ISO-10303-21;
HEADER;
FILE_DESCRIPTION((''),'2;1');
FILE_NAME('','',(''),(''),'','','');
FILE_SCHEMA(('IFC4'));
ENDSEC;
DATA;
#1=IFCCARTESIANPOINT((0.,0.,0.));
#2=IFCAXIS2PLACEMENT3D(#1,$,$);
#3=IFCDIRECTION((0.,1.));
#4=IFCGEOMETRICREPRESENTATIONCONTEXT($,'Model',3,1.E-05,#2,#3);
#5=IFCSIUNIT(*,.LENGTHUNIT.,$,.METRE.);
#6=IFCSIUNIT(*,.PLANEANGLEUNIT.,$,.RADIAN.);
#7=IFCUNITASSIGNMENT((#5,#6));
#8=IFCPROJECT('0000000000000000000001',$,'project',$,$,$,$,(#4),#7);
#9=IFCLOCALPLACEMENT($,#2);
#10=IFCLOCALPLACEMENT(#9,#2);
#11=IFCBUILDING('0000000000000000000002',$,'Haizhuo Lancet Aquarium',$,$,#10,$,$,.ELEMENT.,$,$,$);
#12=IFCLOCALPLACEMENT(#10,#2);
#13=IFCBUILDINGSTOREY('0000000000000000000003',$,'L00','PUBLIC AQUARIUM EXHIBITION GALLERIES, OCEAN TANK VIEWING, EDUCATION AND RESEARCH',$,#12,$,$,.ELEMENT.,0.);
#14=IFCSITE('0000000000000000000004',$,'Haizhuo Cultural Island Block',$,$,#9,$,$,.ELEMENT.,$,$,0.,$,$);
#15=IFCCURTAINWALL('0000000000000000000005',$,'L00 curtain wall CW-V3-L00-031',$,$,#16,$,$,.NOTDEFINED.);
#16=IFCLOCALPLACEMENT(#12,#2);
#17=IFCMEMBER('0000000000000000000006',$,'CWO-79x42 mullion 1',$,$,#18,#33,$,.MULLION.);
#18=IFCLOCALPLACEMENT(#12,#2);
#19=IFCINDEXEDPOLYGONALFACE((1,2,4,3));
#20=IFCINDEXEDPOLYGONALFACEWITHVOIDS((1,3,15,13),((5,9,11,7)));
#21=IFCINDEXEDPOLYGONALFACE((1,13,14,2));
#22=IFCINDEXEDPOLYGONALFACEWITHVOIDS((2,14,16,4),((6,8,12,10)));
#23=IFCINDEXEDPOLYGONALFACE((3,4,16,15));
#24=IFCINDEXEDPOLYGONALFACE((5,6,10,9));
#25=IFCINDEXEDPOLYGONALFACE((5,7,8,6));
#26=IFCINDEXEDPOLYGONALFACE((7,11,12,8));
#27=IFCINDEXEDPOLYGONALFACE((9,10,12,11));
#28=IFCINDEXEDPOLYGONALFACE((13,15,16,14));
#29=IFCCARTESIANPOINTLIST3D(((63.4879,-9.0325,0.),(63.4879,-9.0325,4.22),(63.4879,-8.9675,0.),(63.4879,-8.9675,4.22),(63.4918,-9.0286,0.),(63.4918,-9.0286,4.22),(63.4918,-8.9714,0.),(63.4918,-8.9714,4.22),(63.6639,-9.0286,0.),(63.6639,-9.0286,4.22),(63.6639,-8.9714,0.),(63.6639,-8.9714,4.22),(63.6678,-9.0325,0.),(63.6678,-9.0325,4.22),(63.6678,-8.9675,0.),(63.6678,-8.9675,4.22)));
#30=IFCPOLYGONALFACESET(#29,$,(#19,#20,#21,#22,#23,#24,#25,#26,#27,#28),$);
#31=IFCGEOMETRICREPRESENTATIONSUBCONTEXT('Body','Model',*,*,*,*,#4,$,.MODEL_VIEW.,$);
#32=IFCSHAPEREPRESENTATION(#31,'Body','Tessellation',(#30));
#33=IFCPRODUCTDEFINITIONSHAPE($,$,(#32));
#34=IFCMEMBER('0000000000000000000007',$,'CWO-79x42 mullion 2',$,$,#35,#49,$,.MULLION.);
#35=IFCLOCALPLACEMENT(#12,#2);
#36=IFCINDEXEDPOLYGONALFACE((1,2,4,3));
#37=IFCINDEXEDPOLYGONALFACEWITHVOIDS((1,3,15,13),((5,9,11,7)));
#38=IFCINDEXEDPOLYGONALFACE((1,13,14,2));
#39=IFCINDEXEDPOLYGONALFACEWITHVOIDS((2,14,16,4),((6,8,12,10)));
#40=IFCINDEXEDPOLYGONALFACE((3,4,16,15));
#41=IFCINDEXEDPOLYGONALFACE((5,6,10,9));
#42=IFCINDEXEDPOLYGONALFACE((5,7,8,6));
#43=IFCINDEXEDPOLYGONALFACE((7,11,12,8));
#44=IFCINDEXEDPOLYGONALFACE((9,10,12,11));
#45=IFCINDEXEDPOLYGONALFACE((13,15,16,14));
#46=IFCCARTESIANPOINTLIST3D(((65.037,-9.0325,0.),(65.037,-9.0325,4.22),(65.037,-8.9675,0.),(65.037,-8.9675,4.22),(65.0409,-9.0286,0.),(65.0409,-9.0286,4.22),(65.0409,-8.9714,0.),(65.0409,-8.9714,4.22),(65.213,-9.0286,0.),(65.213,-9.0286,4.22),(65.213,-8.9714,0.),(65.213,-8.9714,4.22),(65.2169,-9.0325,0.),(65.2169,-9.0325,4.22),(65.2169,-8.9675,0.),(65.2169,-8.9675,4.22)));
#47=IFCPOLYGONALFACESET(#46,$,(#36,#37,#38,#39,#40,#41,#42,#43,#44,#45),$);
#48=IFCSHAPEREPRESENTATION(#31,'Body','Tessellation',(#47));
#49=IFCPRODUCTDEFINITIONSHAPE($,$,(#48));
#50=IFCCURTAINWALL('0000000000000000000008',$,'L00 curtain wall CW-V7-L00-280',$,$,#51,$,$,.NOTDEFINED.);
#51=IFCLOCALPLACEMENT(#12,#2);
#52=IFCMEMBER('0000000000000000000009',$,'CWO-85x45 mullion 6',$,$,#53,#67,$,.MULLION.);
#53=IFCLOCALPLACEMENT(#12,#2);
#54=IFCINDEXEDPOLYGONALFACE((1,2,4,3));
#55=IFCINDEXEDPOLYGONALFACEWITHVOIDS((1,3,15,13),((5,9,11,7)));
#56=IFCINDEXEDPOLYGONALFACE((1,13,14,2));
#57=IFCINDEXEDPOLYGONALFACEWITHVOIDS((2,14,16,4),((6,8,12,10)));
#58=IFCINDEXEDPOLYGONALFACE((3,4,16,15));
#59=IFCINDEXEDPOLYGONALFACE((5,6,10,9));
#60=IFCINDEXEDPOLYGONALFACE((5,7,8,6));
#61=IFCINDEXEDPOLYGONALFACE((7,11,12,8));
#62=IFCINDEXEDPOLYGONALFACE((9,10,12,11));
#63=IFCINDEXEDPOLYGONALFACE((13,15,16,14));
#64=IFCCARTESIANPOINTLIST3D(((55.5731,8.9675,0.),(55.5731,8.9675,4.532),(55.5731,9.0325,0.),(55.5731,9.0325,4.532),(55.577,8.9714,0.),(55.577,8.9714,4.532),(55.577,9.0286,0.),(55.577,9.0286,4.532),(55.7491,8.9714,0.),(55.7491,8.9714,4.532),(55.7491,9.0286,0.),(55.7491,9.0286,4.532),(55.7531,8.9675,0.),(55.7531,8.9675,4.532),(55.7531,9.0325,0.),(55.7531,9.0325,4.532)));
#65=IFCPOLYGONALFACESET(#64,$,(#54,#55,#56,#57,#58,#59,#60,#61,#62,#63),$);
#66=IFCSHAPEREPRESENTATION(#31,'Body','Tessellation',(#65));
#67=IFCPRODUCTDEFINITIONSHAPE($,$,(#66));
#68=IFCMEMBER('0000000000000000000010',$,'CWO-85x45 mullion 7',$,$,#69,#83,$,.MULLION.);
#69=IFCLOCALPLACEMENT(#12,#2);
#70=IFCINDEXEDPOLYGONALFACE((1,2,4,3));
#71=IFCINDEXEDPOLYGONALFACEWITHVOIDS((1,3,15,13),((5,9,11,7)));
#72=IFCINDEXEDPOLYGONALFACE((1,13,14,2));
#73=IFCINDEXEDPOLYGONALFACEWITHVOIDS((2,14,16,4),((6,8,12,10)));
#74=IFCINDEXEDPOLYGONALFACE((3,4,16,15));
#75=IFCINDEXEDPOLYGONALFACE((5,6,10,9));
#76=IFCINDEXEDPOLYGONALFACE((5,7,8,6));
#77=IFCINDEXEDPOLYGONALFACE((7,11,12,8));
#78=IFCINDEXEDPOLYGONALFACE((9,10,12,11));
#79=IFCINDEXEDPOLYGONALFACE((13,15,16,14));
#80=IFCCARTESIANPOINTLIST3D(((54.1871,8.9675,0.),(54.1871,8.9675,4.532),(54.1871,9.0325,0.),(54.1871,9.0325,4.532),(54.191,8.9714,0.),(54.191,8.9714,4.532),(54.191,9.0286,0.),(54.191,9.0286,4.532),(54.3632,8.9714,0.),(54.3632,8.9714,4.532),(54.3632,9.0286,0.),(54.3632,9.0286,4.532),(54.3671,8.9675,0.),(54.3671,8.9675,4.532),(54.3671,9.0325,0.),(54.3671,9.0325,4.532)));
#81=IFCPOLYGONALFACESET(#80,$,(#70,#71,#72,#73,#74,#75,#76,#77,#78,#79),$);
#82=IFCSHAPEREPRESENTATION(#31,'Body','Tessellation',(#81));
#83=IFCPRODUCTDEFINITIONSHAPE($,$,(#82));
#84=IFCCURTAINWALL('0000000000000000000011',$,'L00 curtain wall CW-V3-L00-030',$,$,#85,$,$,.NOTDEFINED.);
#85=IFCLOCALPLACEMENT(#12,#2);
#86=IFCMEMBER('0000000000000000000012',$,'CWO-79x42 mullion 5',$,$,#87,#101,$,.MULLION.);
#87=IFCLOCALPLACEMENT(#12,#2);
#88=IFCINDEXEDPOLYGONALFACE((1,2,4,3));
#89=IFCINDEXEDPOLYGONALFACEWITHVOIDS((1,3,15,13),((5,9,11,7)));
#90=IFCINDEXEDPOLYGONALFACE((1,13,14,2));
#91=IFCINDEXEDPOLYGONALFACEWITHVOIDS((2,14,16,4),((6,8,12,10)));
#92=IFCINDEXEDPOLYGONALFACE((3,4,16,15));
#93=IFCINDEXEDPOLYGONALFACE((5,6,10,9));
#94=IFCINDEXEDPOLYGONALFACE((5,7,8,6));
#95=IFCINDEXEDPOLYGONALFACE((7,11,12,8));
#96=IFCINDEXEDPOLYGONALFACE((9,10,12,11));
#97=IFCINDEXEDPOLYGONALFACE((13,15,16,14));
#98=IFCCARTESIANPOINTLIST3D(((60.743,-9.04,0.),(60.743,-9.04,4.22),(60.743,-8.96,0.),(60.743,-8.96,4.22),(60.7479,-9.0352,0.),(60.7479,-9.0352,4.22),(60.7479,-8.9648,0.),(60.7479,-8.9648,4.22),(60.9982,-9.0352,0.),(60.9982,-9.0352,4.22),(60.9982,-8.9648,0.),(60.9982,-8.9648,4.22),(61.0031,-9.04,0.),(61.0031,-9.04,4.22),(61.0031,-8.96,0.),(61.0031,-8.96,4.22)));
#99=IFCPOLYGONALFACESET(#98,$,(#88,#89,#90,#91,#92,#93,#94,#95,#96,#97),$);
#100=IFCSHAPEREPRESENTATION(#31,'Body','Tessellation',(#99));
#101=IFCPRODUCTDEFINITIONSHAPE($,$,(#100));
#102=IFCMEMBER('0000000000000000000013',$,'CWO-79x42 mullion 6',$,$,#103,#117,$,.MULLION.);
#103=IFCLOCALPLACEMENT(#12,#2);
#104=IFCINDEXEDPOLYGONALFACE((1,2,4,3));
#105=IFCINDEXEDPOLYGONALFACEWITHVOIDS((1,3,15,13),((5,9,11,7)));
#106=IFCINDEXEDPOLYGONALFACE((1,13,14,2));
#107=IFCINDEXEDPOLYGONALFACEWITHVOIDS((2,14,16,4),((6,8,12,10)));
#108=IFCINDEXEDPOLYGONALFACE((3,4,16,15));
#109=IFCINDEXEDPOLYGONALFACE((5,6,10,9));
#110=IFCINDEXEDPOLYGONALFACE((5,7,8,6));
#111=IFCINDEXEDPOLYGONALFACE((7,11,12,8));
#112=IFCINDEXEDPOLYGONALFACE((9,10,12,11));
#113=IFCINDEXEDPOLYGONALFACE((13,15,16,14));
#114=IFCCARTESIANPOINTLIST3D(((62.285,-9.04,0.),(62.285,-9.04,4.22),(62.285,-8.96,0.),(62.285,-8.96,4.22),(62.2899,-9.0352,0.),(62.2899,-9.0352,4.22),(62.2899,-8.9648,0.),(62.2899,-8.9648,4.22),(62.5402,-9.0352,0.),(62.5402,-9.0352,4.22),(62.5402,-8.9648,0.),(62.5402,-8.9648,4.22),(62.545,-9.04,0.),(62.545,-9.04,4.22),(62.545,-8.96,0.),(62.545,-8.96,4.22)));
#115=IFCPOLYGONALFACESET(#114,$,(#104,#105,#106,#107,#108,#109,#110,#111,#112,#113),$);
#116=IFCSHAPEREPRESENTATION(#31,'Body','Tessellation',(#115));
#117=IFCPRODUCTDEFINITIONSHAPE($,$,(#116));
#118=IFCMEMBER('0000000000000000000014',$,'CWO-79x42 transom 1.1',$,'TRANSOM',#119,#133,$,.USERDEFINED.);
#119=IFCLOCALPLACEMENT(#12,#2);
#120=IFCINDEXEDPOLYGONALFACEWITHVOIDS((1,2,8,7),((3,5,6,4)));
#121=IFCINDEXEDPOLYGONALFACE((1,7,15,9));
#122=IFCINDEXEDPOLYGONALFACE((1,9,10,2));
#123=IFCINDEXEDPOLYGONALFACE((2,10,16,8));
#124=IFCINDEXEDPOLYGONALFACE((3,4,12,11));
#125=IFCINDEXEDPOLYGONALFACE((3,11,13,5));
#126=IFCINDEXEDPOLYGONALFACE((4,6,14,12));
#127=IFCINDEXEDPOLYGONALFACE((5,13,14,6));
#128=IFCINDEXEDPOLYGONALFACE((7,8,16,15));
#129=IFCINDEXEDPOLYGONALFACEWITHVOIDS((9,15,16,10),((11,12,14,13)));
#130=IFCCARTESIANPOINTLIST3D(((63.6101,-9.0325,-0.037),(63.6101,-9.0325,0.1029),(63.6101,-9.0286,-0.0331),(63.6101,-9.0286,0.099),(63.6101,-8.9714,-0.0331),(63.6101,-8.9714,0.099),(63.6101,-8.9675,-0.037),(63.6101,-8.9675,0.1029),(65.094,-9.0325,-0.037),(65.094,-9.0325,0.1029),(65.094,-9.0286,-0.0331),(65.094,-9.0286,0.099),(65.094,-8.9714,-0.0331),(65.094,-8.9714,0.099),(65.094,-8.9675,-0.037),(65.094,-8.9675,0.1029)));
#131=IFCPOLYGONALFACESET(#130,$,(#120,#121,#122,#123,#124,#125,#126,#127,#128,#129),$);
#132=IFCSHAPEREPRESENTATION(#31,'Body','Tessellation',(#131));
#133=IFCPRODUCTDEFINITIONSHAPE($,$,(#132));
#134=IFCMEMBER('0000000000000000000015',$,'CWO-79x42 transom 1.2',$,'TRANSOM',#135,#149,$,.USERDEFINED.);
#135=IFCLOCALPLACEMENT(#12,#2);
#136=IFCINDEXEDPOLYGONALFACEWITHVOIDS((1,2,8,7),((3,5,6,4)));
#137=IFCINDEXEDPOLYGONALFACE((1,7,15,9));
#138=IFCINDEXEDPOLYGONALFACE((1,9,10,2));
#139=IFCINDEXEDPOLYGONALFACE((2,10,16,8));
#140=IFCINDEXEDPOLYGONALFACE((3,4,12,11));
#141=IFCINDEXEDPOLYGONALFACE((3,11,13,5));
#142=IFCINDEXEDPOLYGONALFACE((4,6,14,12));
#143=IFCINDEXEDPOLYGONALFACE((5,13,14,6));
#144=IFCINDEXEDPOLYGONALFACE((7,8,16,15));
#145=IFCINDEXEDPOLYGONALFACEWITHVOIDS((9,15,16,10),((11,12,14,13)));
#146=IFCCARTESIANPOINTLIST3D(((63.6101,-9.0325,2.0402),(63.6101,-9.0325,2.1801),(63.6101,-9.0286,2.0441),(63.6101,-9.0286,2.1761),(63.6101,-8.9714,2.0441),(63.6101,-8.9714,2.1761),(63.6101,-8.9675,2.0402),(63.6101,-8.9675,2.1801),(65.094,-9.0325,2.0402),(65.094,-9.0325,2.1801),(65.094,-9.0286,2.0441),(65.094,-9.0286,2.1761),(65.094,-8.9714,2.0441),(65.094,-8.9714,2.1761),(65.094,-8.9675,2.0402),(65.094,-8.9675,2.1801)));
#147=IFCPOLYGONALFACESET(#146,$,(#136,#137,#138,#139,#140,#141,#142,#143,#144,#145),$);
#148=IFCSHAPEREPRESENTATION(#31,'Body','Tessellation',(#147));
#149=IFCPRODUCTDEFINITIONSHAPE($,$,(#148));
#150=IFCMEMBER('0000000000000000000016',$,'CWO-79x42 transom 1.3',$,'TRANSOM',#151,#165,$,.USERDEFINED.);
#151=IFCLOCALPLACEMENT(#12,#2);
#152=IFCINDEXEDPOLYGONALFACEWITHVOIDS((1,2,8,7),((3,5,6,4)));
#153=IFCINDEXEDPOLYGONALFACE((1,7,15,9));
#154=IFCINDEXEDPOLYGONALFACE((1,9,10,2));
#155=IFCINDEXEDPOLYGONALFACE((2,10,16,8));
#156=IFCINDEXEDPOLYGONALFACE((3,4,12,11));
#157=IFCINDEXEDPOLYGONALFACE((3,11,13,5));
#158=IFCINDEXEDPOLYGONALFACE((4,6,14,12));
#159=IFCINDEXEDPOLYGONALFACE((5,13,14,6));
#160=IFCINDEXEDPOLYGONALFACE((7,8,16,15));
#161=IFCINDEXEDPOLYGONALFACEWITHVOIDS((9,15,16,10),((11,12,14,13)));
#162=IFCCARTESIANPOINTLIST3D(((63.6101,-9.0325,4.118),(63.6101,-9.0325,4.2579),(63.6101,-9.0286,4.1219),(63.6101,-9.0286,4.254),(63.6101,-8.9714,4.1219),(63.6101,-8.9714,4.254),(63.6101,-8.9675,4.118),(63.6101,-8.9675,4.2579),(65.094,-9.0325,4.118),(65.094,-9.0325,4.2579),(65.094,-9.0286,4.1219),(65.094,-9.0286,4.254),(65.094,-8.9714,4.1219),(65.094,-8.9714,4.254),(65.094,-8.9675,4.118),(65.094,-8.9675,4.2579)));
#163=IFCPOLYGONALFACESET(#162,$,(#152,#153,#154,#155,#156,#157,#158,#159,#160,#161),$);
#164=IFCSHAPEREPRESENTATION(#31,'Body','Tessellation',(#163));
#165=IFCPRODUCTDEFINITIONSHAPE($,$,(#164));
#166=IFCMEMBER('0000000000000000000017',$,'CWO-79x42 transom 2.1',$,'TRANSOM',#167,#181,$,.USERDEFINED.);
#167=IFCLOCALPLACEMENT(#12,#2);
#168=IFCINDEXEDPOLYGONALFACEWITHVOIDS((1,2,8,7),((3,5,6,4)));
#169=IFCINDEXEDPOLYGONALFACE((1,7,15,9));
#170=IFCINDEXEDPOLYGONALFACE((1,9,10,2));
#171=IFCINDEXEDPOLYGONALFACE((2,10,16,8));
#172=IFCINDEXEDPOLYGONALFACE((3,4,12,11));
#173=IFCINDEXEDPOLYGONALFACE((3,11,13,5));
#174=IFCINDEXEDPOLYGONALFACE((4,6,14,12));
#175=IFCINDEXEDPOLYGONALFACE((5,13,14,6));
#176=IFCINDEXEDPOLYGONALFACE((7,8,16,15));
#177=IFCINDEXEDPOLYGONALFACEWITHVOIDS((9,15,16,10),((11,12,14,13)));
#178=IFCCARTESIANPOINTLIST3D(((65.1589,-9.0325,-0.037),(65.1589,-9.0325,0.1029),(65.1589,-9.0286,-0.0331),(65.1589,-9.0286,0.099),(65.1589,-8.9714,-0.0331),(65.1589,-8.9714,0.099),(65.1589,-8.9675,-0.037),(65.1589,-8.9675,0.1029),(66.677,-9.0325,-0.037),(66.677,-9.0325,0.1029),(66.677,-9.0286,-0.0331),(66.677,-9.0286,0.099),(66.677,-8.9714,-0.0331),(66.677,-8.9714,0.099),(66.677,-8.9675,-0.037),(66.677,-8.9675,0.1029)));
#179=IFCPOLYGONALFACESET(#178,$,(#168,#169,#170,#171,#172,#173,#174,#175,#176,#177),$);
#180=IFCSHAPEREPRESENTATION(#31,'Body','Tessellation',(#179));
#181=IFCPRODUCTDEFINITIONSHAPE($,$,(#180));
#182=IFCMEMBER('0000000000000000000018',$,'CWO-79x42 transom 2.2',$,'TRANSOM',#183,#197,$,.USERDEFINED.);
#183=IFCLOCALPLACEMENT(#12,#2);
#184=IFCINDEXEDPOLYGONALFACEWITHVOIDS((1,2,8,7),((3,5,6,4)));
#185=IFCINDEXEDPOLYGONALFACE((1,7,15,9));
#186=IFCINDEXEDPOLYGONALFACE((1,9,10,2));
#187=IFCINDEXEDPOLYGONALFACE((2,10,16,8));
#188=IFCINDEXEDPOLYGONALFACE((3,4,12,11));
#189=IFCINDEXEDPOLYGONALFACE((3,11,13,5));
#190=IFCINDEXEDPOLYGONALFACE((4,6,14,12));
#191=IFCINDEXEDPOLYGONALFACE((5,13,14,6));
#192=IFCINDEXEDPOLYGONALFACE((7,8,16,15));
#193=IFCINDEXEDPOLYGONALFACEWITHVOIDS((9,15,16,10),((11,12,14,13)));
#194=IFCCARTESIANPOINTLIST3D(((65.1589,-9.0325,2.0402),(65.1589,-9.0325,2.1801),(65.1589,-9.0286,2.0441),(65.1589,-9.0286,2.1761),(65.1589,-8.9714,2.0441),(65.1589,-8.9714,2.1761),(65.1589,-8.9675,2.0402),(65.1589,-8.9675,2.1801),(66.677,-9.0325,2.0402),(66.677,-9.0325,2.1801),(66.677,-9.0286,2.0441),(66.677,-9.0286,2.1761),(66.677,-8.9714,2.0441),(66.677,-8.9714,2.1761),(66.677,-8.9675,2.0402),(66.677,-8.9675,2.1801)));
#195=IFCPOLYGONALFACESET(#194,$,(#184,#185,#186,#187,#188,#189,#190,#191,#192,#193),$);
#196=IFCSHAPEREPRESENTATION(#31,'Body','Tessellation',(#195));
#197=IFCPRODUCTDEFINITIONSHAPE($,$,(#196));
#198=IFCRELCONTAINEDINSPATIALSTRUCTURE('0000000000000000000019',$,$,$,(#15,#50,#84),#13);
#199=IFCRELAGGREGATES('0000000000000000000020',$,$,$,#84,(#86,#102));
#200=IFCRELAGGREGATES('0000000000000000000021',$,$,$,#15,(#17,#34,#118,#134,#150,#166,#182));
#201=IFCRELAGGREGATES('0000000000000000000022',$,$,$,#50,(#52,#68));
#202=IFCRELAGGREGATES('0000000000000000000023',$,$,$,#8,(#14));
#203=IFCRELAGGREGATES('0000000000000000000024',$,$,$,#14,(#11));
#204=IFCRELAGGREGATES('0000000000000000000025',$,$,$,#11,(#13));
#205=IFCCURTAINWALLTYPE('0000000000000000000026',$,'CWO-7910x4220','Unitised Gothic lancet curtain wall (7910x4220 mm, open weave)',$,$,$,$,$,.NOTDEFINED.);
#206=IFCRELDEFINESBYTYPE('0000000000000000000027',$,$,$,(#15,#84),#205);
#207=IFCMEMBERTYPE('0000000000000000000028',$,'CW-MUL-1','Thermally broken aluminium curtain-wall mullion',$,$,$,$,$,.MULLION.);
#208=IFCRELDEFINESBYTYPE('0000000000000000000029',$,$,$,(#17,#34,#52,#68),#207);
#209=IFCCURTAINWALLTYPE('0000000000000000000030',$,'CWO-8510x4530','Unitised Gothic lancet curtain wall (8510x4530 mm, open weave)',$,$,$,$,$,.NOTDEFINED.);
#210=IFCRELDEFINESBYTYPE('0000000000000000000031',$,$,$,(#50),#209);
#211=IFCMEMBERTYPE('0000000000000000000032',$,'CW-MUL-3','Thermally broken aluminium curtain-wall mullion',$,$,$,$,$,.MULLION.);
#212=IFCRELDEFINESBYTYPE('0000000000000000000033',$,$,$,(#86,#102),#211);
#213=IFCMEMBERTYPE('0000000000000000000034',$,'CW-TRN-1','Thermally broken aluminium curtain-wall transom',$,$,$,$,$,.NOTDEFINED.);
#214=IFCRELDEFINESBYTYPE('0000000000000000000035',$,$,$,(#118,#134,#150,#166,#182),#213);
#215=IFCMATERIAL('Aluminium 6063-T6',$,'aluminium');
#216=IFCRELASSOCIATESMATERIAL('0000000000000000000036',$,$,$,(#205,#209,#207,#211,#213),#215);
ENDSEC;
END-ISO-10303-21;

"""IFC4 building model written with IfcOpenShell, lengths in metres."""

from ifc_helpers import new_model, si_unit, direction, frame, origin, origin_2d, place, context, subcontext, project, spatial, hollow_rectangle, extrude, material, material_profile, profile_set, type_object, element, aggregate, save


model = new_model("IFC4")

# Units and contexts
model_context = context("Model", 3, precision=1e-05, world=origin(), true_north=direction((0.0, 1.0)))
body_context = subcontext(model_context, "Body", "Model", "MODEL_VIEW")
ifc_project = project(units=[si_unit("LENGTHUNIT", "METRE"), si_unit("PLANEANGLEUNIT", "RADIAN")], contexts=[model_context])

# Site, building, storey
site_placement = place(None, origin())
site = spatial("IfcSite", under=ifc_project, at=site_placement, Name="Haizhuo Cultural Island Block", CompositionType="ELEMENT", RefElevation=0.0)
building_placement = place(site_placement, origin())
building = spatial("IfcBuilding", under=site, at=building_placement, Name="Haizhuo Lancet Aquarium", CompositionType="ELEMENT")
storey_placement = place(building_placement, origin())
storey = spatial("IfcBuildingStorey", under=building, at=storey_placement, Name="L00", Description="PUBLIC AQUARIUM EXHIBITION GALLERIES, OCEAN TANK VIEWING, EDUCATION AND RESEARCH", CompositionType="ELEMENT", Elevation=0.0)

# Curtain walls, members
ifc_material_1 = material(Name="Aluminium 6063-T6", Category="aluminium")
curtain_wall_type_1 = type_object("IfcCurtainWallType", Name="CWO-7910x4220", Description="Unitised Gothic lancet curtain wall (7910x4220 mm, open weave)", PredefinedType="NOTDEFINED", material=ifc_material_1)
curtain_wall_1_placement = place(storey_placement, origin())
curtain_wall_1 = element("IfcCurtainWall", 1, at=curtain_wall_1_placement, inside=storey, type_object=curtain_wall_type_1, Name="L00 curtain wall CW-V3-L00-031", PredefinedType="NOTDEFINED")
ifc_material_profile_1 = material_profile(ifc_material_1, hollow_rectangle(XDim=0.0649, YDim=0.1799, WallThickness=0.0039, at=origin_2d()), Name="ALU-M 65x180x4")
ifc_profile_set_1 = profile_set([ifc_material_profile_1], Name="Aluminium 6063-T6")
member_type_1 = type_object("IfcMemberType", Name="CW-MUL-1", Description="Thermally broken aluminium curtain-wall mullion", PredefinedType="MULLION", material=ifc_profile_set_1)
member_1_placement = place(storey_placement, frame((63.5779, -9.0, 0.0), z_axis=(0.0, 0.0, 1.0), x_axis=(0.0, 1.0, 0.0)))
member_1 = element("IfcMember", 2, at=member_1_placement, type_object=member_type_1, Name="CWO-79x42 mullion 1", PredefinedType="MULLION", context=body_context, shape_type="SweptSolid", body=[
    extrude(hollow_rectangle(XDim=0.0649, YDim=0.1799, WallThickness=0.0039, at=origin_2d()), origin(), (0.0, 0.0, 1.0), 4.22),
])
member_2_placement = place(storey_placement, frame((65.127, -9.0, 0.0), z_axis=(0.0, 0.0, 1.0), x_axis=(0.0, 1.0, 0.0)))
member_2 = element("IfcMember", 3, at=member_2_placement, type_object=member_type_1, Name="CWO-79x42 mullion 2", PredefinedType="MULLION", context=body_context, shape_type="SweptSolid", body=[
    extrude(hollow_rectangle(XDim=0.0649, YDim=0.1799, WallThickness=0.0039, at=origin_2d()), origin(), (0.0, 0.0, 1.0), 4.22),
])
curtain_wall_type_2 = type_object("IfcCurtainWallType", Name="CWO-8510x4530", Description="Unitised Gothic lancet curtain wall (8510x4530 mm, open weave)", PredefinedType="NOTDEFINED", material=ifc_material_1)
curtain_wall_2_placement = place(storey_placement, origin())
curtain_wall_2 = element("IfcCurtainWall", 4, at=curtain_wall_2_placement, inside=storey, type_object=curtain_wall_type_2, Name="L00 curtain wall CW-V7-L00-280", PredefinedType="NOTDEFINED")
member_3_placement = place(storey_placement, frame((55.6631, 9.0, 0.0), z_axis=(0.0, 0.0, 1.0), x_axis=(0.0, -1.0, 0.0)))
member_3 = element("IfcMember", 5, at=member_3_placement, type_object=member_type_1, Name="CWO-85x45 mullion 6", PredefinedType="MULLION", context=body_context, shape_type="SweptSolid", body=[
    extrude(hollow_rectangle(XDim=0.0649, YDim=0.1799, WallThickness=0.0039, at=origin_2d()), origin(), (0.0, 0.0, 1.0), 4.532),
])
member_4_placement = place(storey_placement, frame((54.2771, 9.0, 0.0), z_axis=(0.0, 0.0, 1.0), x_axis=(0.0, -1.0, 0.0)))
member_4 = element("IfcMember", 6, at=member_4_placement, type_object=member_type_1, Name="CWO-85x45 mullion 7", PredefinedType="MULLION", context=body_context, shape_type="SweptSolid", body=[
    extrude(hollow_rectangle(XDim=0.0649, YDim=0.1799, WallThickness=0.0039, at=origin_2d()), origin(), (0.0, 0.0, 1.0), 4.532),
])
curtain_wall_3_placement = place(storey_placement, origin())
curtain_wall_3 = element("IfcCurtainWall", 7, at=curtain_wall_3_placement, inside=storey, type_object=curtain_wall_type_1, Name="L00 curtain wall CW-V3-L00-030", PredefinedType="NOTDEFINED")
ifc_material_profile_2 = material_profile(ifc_material_1, hollow_rectangle(XDim=0.0801, YDim=0.26, WallThickness=0.0049, at=origin_2d()), Name="ALU-M 80x260x5")
ifc_profile_set_2 = profile_set([ifc_material_profile_2], Name="Aluminium 6063-T6")
member_type_2 = type_object("IfcMemberType", Name="CW-MUL-3", Description="Thermally broken aluminium curtain-wall mullion", PredefinedType="MULLION", material=ifc_profile_set_2)
member_5_placement = place(storey_placement, frame((60.873, -9.0, 0.0), z_axis=(0.0, 0.0, 1.0), x_axis=(0.0, 1.0, 0.0)))
member_5 = element("IfcMember", 8, at=member_5_placement, type_object=member_type_2, Name="CWO-79x42 mullion 5", PredefinedType="MULLION", context=body_context, shape_type="SweptSolid", body=[
    extrude(hollow_rectangle(XDim=0.0801, YDim=0.26, WallThickness=0.0049, at=origin_2d()), origin(), (0.0, 0.0, 1.0), 4.22),
])
member_6_placement = place(storey_placement, frame((62.415, -9.0, 0.0), z_axis=(0.0, 0.0, 1.0), x_axis=(0.0, 1.0, 0.0)))
member_6 = element("IfcMember", 9, at=member_6_placement, type_object=member_type_2, Name="CWO-79x42 mullion 6", PredefinedType="MULLION", context=body_context, shape_type="SweptSolid", body=[
    extrude(hollow_rectangle(XDim=0.0801, YDim=0.26, WallThickness=0.0049, at=origin_2d()), origin(), (0.0, 0.0, 1.0), 4.22),
])

# Members
ifc_material_profile_3 = material_profile(ifc_material_1, hollow_rectangle(XDim=0.0649, YDim=0.1399, WallThickness=0.0039, at=origin_2d()), Name="ALU-T 65x140x4")
ifc_profile_set_3 = profile_set([ifc_material_profile_3], Name="Aluminium 6063-T6")
member_type_3 = type_object("IfcMemberType", Name="CW-TRN-1", Description="Thermally broken aluminium curtain-wall transom", PredefinedType="NOTDEFINED", material=ifc_profile_set_3)
member_7_placement = place(storey_placement, frame((63.6101, -9.0, 0.033), z_axis=(1.0, 0.0, 0.0), x_axis=(0.0, 1.0, 0.0)))
member_7 = element("IfcMember", 10, at=member_7_placement, type_object=member_type_3, Name="CWO-79x42 transom 1.1", ObjectType="TRANSOM", PredefinedType="USERDEFINED", context=body_context, shape_type="SweptSolid", body=[
    extrude(hollow_rectangle(XDim=0.0649, YDim=0.1399, WallThickness=0.0039, at=origin_2d()), origin(), (0.0, 0.0, 1.0), 1.4839),
])
member_8_placement = place(storey_placement, frame((63.6101, -9.0, 2.1101), z_axis=(1.0, 0.0, 0.0), x_axis=(0.0, 1.0, 0.0)))
member_8 = element("IfcMember", 11, at=member_8_placement, type_object=member_type_3, Name="CWO-79x42 transom 1.2", ObjectType="TRANSOM", PredefinedType="USERDEFINED", context=body_context, shape_type="SweptSolid", body=[
    extrude(hollow_rectangle(XDim=0.0649, YDim=0.1399, WallThickness=0.0039, at=origin_2d()), origin(), (0.0, 0.0, 1.0), 1.4839),
])
member_9_placement = place(storey_placement, frame((63.6101, -9.0, 4.188), z_axis=(1.0, 0.0, 0.0), x_axis=(0.0, 1.0, 0.0)))
member_9 = element("IfcMember", 12, at=member_9_placement, type_object=member_type_3, Name="CWO-79x42 transom 1.3", ObjectType="TRANSOM", PredefinedType="USERDEFINED", context=body_context, shape_type="SweptSolid", body=[
    extrude(hollow_rectangle(XDim=0.0649, YDim=0.1399, WallThickness=0.0039, at=origin_2d()), origin(), (0.0, 0.0, 1.0), 1.4839),
])
member_10_placement = place(storey_placement, frame((65.1589, -9.0, 0.033), z_axis=(1.0, 0.0, 0.0), x_axis=(0.0, 1.0, 0.0)))
member_10 = element("IfcMember", 13, at=member_10_placement, type_object=member_type_3, Name="CWO-79x42 transom 2.1", ObjectType="TRANSOM", PredefinedType="USERDEFINED", context=body_context, shape_type="SweptSolid", body=[
    extrude(hollow_rectangle(XDim=0.0649, YDim=0.1399, WallThickness=0.0039, at=origin_2d()), origin(), (0.0, 0.0, 1.0), 1.5181),
])
member_11_placement = place(storey_placement, frame((65.1589, -9.0, 2.1101), z_axis=(1.0, 0.0, 0.0), x_axis=(0.0, 1.0, 0.0)))
member_11 = element("IfcMember", 14, at=member_11_placement, type_object=member_type_3, Name="CWO-79x42 transom 2.2", ObjectType="TRANSOM", PredefinedType="USERDEFINED", context=body_context, shape_type="SweptSolid", body=[
    extrude(hollow_rectangle(XDim=0.0649, YDim=0.1399, WallThickness=0.0039, at=origin_2d()), origin(), (0.0, 0.0, 1.0), 1.5181),
])

aggregate(curtain_wall_3, [member_5, member_6])
aggregate(curtain_wall_1, [member_1, member_2, member_7, member_8, member_9, member_10, member_11])
aggregate(curtain_wall_2, [member_3, member_4])

save(model, "model.ifc")
